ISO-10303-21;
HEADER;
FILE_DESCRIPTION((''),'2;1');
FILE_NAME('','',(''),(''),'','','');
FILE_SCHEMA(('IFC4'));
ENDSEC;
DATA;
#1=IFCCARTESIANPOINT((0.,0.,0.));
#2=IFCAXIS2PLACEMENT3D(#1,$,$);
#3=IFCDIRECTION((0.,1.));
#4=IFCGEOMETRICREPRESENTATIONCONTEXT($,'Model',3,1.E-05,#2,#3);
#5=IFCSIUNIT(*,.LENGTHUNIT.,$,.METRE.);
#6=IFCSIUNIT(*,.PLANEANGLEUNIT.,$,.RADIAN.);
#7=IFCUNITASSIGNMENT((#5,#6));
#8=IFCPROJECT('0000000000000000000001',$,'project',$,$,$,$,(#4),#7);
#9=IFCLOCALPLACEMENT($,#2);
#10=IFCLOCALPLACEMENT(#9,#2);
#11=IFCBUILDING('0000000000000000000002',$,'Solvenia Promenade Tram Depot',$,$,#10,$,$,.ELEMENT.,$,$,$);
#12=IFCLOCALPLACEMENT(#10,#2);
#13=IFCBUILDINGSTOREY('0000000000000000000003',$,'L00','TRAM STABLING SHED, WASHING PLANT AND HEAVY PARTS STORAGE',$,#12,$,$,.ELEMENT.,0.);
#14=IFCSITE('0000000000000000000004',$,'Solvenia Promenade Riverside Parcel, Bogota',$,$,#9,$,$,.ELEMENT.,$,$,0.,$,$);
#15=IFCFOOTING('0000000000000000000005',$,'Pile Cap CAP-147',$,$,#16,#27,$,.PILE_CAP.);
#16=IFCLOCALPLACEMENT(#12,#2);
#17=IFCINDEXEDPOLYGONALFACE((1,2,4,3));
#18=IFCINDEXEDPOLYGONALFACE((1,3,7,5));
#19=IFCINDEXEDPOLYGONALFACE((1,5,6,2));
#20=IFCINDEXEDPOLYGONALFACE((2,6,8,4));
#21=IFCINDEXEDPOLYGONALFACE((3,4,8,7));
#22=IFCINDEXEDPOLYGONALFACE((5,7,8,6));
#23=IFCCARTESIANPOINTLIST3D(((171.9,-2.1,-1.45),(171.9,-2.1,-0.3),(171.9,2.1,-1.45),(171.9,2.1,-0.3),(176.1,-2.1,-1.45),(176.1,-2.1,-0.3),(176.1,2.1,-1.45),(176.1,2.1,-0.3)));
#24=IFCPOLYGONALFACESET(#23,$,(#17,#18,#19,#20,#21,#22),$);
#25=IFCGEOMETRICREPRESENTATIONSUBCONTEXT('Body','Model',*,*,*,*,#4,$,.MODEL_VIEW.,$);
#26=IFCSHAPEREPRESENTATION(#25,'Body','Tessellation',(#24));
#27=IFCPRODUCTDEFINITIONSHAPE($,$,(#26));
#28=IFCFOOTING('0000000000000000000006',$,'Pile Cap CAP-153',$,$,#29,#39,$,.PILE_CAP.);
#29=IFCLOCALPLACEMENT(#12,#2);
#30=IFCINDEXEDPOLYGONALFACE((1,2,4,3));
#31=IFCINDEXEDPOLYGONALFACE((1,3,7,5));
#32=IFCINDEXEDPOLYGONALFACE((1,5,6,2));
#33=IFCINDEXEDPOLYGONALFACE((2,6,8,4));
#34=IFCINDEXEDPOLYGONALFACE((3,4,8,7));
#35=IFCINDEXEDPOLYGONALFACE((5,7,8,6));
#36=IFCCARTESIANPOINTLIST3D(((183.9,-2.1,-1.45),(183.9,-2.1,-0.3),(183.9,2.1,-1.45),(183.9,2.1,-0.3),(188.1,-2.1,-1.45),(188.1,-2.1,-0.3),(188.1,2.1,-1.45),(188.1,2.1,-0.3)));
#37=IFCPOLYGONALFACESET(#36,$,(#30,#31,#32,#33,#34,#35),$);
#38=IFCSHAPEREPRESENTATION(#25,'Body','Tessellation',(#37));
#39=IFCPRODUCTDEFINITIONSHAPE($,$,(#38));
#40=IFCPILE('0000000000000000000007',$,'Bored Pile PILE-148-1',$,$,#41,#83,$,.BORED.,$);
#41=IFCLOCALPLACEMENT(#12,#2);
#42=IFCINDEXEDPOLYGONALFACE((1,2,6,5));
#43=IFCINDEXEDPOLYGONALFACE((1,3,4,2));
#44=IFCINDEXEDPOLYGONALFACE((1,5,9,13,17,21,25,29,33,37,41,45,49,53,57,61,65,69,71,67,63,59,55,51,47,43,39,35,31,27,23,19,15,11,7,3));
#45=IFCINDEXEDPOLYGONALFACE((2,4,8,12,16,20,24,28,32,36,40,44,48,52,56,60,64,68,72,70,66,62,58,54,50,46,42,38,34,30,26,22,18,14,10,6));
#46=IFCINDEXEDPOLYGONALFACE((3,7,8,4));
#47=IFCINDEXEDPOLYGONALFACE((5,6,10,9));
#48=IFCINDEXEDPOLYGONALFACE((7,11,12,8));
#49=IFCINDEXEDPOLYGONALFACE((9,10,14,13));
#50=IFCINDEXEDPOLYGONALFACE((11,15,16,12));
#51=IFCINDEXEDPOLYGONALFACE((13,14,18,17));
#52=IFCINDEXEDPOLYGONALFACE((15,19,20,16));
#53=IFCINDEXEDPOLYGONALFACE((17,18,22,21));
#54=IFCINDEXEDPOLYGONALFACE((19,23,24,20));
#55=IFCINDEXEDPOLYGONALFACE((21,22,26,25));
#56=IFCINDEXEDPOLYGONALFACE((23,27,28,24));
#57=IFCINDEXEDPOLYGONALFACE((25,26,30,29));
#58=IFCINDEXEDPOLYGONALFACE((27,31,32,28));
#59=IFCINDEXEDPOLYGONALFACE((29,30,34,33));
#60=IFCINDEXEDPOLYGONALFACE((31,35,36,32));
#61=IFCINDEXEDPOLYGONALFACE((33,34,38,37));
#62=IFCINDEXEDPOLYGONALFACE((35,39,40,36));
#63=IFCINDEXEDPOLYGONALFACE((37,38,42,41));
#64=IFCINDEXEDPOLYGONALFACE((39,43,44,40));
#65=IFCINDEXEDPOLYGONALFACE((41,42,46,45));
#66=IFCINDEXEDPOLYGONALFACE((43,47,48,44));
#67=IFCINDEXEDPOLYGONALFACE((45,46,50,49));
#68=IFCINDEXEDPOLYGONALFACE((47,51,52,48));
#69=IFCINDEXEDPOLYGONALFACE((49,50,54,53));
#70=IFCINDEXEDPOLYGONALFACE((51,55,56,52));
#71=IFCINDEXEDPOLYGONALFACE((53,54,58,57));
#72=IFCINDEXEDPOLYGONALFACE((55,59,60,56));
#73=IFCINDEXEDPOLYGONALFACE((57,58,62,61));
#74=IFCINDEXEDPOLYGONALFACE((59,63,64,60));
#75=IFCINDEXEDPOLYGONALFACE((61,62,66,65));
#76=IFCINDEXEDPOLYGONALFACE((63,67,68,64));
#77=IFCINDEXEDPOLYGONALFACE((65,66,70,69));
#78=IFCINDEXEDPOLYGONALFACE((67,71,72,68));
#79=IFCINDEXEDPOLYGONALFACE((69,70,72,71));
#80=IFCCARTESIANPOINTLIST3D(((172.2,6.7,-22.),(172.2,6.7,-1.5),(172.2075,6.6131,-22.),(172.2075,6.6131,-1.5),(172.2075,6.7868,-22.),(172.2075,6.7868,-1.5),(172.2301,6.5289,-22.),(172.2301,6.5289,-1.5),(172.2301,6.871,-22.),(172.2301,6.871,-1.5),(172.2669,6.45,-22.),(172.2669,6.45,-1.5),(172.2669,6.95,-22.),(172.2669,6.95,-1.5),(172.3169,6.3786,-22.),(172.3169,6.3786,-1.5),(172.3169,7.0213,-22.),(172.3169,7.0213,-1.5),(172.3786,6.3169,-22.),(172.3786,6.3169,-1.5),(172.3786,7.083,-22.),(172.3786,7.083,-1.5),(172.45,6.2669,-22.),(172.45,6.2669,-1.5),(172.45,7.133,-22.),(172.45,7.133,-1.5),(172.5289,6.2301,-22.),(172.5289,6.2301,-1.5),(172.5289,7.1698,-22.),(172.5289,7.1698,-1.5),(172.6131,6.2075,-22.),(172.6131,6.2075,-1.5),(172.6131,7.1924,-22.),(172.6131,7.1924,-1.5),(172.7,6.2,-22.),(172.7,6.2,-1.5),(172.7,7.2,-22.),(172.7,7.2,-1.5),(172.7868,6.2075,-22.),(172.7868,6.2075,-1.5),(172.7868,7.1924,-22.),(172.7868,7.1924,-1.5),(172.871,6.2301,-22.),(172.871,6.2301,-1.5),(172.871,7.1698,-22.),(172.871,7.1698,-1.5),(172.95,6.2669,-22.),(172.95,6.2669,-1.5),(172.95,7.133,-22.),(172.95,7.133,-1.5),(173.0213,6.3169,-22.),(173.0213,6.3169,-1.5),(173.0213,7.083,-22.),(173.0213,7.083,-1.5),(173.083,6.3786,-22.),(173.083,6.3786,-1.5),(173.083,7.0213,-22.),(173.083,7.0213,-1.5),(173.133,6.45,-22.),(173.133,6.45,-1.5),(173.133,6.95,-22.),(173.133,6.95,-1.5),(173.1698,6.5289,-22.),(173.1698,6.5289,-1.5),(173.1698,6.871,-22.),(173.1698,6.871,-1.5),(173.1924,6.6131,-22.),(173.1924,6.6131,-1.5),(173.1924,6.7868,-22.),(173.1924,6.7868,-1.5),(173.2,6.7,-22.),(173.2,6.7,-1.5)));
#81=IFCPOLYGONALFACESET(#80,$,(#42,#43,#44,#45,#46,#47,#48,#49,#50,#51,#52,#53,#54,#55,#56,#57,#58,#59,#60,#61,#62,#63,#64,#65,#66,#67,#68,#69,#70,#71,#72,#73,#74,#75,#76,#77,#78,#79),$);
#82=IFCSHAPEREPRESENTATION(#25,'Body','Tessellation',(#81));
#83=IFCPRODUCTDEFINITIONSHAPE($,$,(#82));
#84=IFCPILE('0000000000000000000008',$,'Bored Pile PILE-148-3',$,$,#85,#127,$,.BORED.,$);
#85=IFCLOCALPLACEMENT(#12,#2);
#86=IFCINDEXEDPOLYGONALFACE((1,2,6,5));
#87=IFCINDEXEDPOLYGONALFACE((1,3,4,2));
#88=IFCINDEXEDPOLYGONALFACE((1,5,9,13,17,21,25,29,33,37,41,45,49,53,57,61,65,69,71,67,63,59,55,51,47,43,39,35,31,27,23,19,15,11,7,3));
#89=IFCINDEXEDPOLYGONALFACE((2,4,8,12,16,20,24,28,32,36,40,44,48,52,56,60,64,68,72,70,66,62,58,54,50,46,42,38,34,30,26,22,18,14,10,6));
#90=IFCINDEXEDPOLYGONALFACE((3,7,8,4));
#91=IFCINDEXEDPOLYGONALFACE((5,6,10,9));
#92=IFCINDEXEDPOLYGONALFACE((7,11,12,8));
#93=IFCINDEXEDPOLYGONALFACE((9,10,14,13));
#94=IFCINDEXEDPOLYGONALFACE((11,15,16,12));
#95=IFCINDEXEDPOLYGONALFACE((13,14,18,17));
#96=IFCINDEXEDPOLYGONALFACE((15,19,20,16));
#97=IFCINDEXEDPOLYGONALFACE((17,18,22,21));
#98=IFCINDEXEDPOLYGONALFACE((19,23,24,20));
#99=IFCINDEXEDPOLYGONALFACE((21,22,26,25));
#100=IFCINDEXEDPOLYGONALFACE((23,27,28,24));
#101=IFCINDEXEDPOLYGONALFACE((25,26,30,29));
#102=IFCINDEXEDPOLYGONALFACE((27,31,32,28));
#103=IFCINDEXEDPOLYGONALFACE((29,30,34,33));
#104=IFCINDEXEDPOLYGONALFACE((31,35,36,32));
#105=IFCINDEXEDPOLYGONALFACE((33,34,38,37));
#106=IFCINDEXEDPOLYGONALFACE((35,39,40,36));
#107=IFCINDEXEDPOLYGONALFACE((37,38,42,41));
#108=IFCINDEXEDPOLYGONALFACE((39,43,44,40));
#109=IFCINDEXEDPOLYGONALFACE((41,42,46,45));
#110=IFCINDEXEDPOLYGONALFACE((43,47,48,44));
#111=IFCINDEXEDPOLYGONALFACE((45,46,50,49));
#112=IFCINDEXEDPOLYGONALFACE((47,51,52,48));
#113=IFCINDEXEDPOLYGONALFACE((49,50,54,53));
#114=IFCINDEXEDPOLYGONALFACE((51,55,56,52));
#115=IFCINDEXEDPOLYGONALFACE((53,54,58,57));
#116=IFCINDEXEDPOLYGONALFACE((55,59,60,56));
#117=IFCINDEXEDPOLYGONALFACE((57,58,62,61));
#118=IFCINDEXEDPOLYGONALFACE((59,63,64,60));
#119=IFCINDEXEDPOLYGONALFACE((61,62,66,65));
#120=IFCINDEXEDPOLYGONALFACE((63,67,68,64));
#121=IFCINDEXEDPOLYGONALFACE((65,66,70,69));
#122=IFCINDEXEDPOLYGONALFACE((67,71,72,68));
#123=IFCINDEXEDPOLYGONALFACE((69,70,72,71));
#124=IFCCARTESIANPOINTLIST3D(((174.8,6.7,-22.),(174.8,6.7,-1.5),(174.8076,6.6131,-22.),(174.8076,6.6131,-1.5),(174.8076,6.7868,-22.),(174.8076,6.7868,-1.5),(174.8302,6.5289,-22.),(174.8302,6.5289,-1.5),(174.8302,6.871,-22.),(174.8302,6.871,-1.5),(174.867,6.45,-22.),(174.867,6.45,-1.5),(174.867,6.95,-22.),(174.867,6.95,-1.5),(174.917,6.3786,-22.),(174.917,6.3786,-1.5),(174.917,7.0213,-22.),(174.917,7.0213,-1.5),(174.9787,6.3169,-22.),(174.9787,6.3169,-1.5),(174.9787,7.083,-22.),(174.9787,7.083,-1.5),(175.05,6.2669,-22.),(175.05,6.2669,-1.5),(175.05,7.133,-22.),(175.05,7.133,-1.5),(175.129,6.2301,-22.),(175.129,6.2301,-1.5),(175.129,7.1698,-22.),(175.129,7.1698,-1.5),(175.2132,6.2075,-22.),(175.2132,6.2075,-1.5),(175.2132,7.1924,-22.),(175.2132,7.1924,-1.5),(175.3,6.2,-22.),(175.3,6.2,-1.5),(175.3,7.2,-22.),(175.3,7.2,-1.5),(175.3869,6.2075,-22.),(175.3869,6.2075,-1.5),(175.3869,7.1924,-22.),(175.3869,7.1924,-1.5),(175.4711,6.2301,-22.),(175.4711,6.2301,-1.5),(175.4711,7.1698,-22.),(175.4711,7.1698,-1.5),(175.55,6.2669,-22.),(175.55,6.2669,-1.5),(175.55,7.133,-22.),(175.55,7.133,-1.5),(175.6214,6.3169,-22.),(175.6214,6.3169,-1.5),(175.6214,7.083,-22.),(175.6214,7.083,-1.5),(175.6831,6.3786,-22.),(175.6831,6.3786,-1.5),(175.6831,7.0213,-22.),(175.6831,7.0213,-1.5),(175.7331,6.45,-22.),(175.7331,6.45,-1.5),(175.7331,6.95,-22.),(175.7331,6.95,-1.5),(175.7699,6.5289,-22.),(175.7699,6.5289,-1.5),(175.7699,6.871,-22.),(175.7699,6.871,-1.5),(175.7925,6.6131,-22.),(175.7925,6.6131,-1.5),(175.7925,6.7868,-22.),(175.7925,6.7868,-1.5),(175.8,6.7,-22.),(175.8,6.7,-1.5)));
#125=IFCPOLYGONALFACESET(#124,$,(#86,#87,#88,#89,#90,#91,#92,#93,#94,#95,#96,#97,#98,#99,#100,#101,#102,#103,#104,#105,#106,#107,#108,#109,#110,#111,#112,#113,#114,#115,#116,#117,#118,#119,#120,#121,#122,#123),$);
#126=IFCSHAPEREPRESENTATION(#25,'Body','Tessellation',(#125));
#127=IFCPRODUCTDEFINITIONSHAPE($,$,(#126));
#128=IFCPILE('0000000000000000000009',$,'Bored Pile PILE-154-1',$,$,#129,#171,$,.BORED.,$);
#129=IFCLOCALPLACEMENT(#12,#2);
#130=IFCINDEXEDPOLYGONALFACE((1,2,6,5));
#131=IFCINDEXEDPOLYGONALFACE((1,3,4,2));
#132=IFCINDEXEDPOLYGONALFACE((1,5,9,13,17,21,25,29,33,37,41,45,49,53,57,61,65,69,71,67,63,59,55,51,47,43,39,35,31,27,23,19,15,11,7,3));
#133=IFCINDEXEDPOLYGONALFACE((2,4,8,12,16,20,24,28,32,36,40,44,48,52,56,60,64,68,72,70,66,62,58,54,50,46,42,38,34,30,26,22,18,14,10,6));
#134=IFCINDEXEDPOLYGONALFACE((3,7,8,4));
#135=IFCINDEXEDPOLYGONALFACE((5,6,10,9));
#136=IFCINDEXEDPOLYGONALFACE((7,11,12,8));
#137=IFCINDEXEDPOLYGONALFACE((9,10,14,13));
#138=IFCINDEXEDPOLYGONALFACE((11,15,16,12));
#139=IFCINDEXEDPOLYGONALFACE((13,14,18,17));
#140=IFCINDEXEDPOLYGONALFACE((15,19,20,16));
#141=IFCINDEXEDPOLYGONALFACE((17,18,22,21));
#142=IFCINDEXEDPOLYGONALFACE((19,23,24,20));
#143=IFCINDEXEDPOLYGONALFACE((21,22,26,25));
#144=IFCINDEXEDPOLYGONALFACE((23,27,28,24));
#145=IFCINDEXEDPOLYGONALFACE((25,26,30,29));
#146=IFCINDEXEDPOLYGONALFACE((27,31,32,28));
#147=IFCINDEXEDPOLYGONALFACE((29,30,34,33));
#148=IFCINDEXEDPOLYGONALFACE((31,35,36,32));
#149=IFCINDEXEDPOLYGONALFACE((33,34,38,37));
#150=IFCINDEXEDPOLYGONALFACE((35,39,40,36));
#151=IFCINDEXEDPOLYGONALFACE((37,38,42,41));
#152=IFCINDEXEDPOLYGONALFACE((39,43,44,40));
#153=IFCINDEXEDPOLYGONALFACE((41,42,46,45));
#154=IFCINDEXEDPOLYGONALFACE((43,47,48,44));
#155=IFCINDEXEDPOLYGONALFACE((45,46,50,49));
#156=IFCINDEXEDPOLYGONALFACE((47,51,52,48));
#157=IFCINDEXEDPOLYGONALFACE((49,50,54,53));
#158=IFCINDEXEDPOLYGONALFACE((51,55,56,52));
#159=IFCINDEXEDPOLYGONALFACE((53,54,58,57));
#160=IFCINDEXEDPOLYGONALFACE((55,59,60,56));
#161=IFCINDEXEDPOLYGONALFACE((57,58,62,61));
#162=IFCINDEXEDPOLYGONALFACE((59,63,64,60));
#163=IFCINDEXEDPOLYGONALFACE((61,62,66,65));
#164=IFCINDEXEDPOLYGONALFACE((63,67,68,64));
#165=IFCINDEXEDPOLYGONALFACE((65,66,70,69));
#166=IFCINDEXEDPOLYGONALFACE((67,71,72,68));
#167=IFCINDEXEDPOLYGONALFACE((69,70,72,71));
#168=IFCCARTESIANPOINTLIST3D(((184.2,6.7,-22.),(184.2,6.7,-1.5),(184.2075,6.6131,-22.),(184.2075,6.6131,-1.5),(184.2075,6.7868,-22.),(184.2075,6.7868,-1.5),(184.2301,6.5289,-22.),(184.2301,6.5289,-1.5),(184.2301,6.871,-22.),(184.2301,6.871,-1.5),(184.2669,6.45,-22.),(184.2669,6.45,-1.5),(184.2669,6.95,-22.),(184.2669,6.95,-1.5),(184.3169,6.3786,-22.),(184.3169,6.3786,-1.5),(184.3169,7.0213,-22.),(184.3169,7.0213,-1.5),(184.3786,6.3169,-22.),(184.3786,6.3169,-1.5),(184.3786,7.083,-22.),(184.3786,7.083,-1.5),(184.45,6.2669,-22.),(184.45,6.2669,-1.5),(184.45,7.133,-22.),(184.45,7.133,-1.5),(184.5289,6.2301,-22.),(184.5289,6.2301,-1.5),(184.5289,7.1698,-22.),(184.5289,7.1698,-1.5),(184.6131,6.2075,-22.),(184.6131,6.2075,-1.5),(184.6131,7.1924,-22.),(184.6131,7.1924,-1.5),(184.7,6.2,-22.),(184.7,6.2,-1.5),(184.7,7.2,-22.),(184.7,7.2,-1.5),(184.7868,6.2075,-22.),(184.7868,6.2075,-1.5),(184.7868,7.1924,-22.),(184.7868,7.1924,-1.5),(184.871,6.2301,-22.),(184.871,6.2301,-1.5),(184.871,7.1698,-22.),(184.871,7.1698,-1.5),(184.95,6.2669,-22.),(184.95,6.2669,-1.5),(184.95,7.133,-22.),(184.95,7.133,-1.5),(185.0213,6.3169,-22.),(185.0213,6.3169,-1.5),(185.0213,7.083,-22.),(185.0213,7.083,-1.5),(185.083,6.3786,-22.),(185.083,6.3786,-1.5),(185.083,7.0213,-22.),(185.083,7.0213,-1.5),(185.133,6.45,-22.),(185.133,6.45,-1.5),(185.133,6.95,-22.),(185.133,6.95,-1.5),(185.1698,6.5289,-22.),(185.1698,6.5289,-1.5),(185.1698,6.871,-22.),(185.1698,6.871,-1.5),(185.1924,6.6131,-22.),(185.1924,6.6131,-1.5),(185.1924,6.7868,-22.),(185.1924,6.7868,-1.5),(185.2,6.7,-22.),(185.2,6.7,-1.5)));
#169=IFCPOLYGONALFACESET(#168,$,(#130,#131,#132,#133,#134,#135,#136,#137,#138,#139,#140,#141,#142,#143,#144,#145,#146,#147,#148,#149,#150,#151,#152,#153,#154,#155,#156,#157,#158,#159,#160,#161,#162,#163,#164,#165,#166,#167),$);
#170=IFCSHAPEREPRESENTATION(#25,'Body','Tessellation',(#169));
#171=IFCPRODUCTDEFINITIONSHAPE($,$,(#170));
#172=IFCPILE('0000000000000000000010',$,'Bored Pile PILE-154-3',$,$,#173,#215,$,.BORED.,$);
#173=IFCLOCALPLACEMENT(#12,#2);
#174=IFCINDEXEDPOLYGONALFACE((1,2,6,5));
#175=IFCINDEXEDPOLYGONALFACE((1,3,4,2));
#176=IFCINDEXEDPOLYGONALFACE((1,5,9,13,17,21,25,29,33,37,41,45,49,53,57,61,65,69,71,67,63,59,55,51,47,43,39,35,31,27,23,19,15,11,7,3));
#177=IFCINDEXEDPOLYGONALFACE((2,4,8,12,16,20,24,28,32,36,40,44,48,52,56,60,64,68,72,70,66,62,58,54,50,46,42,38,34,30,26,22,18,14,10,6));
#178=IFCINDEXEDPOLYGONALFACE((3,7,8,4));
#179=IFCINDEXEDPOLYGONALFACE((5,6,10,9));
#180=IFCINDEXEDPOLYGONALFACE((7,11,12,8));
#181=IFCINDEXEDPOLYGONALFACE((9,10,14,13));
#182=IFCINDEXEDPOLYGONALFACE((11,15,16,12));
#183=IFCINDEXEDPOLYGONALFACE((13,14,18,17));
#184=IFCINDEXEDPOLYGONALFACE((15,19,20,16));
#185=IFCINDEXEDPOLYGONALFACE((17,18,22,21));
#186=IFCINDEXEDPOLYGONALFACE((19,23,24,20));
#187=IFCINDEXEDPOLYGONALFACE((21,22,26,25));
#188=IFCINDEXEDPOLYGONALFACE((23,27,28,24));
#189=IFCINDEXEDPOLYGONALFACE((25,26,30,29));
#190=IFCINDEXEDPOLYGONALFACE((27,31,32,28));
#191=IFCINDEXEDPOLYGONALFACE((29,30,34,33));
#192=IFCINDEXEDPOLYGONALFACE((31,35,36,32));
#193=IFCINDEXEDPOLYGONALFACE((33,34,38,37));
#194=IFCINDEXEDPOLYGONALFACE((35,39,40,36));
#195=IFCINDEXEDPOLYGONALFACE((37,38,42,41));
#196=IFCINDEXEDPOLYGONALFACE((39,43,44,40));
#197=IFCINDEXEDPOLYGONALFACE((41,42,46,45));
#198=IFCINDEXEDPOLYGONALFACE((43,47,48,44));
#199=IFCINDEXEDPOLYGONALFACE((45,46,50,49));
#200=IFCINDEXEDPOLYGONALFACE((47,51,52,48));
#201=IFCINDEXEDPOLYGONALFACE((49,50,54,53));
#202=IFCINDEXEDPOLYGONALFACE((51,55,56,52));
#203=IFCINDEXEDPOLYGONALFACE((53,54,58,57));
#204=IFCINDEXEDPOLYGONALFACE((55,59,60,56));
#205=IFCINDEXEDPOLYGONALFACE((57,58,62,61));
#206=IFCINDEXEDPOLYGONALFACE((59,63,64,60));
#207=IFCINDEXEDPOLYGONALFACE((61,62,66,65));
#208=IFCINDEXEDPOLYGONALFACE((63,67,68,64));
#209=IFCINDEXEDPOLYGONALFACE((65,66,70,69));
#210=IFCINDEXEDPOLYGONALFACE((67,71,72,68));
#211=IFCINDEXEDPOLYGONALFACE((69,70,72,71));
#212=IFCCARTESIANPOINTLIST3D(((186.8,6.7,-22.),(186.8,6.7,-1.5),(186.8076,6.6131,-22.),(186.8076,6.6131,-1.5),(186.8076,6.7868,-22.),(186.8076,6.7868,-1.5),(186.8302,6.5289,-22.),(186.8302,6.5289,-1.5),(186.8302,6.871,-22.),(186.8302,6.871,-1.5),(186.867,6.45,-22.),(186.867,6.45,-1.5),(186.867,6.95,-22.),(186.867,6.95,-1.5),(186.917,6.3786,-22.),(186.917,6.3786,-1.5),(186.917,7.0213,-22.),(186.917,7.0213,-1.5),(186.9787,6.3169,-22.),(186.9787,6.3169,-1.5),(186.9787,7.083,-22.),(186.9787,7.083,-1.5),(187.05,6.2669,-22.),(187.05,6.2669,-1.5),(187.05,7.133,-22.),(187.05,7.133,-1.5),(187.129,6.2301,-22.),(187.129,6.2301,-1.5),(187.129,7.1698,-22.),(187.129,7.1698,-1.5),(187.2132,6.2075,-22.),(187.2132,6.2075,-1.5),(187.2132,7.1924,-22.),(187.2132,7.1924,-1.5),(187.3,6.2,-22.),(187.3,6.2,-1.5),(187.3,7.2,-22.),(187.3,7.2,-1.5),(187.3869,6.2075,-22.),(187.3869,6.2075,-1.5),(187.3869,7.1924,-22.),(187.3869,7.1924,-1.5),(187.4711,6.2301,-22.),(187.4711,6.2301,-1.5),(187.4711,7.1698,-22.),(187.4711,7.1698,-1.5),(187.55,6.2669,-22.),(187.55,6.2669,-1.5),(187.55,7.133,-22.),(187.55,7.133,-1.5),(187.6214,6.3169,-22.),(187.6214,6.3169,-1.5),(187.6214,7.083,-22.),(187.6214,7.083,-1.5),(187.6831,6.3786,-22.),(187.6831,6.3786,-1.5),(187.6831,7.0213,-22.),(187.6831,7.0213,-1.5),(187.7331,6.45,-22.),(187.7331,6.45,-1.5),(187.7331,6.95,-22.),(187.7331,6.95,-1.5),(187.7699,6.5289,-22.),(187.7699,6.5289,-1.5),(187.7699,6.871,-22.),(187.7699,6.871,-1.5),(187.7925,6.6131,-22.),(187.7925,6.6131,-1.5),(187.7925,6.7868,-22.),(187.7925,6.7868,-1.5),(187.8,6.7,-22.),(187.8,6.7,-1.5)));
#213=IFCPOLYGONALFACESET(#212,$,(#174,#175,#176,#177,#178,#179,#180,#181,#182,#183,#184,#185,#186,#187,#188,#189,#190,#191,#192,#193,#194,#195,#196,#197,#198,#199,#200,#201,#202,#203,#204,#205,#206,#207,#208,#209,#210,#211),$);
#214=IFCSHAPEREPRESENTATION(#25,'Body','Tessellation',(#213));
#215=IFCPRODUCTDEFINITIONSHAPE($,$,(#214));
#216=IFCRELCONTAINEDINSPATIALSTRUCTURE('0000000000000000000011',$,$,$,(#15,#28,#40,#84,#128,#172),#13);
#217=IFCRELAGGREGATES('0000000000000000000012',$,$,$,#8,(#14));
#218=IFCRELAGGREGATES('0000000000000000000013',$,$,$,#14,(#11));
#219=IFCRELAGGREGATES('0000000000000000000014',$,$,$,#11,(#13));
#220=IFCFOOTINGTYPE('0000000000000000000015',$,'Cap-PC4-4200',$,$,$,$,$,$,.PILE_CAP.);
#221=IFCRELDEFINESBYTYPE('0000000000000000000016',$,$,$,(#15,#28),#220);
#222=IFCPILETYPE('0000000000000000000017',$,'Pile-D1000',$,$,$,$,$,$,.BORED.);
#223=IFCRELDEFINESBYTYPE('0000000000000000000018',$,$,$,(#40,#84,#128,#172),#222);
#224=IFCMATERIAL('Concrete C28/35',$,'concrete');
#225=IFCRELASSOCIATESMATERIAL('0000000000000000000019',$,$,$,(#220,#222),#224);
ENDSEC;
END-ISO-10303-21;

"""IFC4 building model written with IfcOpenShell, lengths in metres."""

from ifc_helpers import new_model, si_unit, direction, frame, origin, origin_2d, place, context, subcontext, project, spatial, rectangle, circle, extrude, material, material_profile, profile_set, type_object, element, save


model = new_model("IFC4")

# Units and contexts
model_context = context("Model", 3, precision=1e-05, world=origin(), true_north=direction((0.0, 1.0)))
body_context = subcontext(model_context, "Body", "Model", "MODEL_VIEW")
ifc_project = project(units=[si_unit("LENGTHUNIT", "METRE"), si_unit("PLANEANGLEUNIT", "RADIAN")], contexts=[model_context])

# Site, building, storey
site_placement = place(None, origin())
site = spatial("IfcSite", under=ifc_project, at=site_placement, Name="Solvenia Promenade Riverside Parcel, Bogota", CompositionType="ELEMENT", RefElevation=0.0)
building_placement = place(site_placement, origin())
building = spatial("IfcBuilding", under=site, at=building_placement, Name="Solvenia Promenade Tram Depot", CompositionType="ELEMENT")
storey_placement = place(building_placement, origin())
storey = spatial("IfcBuildingStorey", under=building, at=storey_placement, Name="L00", Description="TRAM STABLING SHED, WASHING PLANT AND HEAVY PARTS STORAGE", CompositionType="ELEMENT", Elevation=0.0)

# Footings
ifc_material_1 = material(Name="Concrete C28/35", Category="concrete")
footing_type_1 = type_object("IfcFootingType", Name="Cap-PC4-4200", PredefinedType="PILE_CAP", material=ifc_material_1)
for number, where, z_axis, x_axis, name in (
    (1, (174.0, 0.0, -1.45), (0.0, 0.0, 1.0), (1.0, 0.0, 0.0), "Pile Cap CAP-147"),
    (2, (186.0, 0.0, -1.45), (0.0, 0.0, 1.0), (1.0, 0.0, 0.0), "Pile Cap CAP-153"),
):
    element("IfcFooting", number, at=place(storey_placement, frame(where, z_axis=z_axis, x_axis=x_axis)), inside=storey, type_object=footing_type_1, Name=name, PredefinedType="PILE_CAP", context=body_context, shape_type="SweptSolid", body=[
        extrude(rectangle(XDim=4.2, YDim=4.2, at=origin_2d()), origin(), (0.0, 0.0, 1.0), 1.1499),
    ])

# Piles
ifc_material_profile_1 = material_profile(ifc_material_1, circle(Radius=0.5, at=origin_2d()), Name="D1000", Category="concrete")
ifc_profile_set_1 = profile_set([ifc_material_profile_1], Name="Concrete C28/35")
pile_type_1 = type_object("IfcPileType", Name="Pile-D1000", PredefinedType="BORED", material=ifc_profile_set_1)
for number, where, z_axis, x_axis, name in (
    (3, (172.7, 6.7, -1.5), (0.0, 0.0, -1.0), (1.0, 0.0, 0.0), "Bored Pile PILE-148-1"),
    (4, (175.3, 6.7, -1.5), (0.0, 0.0, -1.0), (1.0, 0.0, 0.0), "Bored Pile PILE-148-3"),
    (5, (184.7, 6.7, -1.5), (0.0, 0.0, -1.0), (1.0, 0.0, 0.0), "Bored Pile PILE-154-1"),
    (6, (187.3, 6.7, -1.5), (0.0, 0.0, -1.0), (1.0, 0.0, 0.0), "Bored Pile PILE-154-3"),
):
    element("IfcPile", number, at=place(storey_placement, frame(where, z_axis=z_axis, x_axis=x_axis)), inside=storey, type_object=pile_type_1, Name=name, PredefinedType="BORED", context=body_context, shape_type="SweptSolid", body=[
        extrude(circle(Radius=0.5, at=origin_2d()), origin(), (0.0, 0.0, 1.0), 20.5),
    ])

save(model, "model.ifc")
